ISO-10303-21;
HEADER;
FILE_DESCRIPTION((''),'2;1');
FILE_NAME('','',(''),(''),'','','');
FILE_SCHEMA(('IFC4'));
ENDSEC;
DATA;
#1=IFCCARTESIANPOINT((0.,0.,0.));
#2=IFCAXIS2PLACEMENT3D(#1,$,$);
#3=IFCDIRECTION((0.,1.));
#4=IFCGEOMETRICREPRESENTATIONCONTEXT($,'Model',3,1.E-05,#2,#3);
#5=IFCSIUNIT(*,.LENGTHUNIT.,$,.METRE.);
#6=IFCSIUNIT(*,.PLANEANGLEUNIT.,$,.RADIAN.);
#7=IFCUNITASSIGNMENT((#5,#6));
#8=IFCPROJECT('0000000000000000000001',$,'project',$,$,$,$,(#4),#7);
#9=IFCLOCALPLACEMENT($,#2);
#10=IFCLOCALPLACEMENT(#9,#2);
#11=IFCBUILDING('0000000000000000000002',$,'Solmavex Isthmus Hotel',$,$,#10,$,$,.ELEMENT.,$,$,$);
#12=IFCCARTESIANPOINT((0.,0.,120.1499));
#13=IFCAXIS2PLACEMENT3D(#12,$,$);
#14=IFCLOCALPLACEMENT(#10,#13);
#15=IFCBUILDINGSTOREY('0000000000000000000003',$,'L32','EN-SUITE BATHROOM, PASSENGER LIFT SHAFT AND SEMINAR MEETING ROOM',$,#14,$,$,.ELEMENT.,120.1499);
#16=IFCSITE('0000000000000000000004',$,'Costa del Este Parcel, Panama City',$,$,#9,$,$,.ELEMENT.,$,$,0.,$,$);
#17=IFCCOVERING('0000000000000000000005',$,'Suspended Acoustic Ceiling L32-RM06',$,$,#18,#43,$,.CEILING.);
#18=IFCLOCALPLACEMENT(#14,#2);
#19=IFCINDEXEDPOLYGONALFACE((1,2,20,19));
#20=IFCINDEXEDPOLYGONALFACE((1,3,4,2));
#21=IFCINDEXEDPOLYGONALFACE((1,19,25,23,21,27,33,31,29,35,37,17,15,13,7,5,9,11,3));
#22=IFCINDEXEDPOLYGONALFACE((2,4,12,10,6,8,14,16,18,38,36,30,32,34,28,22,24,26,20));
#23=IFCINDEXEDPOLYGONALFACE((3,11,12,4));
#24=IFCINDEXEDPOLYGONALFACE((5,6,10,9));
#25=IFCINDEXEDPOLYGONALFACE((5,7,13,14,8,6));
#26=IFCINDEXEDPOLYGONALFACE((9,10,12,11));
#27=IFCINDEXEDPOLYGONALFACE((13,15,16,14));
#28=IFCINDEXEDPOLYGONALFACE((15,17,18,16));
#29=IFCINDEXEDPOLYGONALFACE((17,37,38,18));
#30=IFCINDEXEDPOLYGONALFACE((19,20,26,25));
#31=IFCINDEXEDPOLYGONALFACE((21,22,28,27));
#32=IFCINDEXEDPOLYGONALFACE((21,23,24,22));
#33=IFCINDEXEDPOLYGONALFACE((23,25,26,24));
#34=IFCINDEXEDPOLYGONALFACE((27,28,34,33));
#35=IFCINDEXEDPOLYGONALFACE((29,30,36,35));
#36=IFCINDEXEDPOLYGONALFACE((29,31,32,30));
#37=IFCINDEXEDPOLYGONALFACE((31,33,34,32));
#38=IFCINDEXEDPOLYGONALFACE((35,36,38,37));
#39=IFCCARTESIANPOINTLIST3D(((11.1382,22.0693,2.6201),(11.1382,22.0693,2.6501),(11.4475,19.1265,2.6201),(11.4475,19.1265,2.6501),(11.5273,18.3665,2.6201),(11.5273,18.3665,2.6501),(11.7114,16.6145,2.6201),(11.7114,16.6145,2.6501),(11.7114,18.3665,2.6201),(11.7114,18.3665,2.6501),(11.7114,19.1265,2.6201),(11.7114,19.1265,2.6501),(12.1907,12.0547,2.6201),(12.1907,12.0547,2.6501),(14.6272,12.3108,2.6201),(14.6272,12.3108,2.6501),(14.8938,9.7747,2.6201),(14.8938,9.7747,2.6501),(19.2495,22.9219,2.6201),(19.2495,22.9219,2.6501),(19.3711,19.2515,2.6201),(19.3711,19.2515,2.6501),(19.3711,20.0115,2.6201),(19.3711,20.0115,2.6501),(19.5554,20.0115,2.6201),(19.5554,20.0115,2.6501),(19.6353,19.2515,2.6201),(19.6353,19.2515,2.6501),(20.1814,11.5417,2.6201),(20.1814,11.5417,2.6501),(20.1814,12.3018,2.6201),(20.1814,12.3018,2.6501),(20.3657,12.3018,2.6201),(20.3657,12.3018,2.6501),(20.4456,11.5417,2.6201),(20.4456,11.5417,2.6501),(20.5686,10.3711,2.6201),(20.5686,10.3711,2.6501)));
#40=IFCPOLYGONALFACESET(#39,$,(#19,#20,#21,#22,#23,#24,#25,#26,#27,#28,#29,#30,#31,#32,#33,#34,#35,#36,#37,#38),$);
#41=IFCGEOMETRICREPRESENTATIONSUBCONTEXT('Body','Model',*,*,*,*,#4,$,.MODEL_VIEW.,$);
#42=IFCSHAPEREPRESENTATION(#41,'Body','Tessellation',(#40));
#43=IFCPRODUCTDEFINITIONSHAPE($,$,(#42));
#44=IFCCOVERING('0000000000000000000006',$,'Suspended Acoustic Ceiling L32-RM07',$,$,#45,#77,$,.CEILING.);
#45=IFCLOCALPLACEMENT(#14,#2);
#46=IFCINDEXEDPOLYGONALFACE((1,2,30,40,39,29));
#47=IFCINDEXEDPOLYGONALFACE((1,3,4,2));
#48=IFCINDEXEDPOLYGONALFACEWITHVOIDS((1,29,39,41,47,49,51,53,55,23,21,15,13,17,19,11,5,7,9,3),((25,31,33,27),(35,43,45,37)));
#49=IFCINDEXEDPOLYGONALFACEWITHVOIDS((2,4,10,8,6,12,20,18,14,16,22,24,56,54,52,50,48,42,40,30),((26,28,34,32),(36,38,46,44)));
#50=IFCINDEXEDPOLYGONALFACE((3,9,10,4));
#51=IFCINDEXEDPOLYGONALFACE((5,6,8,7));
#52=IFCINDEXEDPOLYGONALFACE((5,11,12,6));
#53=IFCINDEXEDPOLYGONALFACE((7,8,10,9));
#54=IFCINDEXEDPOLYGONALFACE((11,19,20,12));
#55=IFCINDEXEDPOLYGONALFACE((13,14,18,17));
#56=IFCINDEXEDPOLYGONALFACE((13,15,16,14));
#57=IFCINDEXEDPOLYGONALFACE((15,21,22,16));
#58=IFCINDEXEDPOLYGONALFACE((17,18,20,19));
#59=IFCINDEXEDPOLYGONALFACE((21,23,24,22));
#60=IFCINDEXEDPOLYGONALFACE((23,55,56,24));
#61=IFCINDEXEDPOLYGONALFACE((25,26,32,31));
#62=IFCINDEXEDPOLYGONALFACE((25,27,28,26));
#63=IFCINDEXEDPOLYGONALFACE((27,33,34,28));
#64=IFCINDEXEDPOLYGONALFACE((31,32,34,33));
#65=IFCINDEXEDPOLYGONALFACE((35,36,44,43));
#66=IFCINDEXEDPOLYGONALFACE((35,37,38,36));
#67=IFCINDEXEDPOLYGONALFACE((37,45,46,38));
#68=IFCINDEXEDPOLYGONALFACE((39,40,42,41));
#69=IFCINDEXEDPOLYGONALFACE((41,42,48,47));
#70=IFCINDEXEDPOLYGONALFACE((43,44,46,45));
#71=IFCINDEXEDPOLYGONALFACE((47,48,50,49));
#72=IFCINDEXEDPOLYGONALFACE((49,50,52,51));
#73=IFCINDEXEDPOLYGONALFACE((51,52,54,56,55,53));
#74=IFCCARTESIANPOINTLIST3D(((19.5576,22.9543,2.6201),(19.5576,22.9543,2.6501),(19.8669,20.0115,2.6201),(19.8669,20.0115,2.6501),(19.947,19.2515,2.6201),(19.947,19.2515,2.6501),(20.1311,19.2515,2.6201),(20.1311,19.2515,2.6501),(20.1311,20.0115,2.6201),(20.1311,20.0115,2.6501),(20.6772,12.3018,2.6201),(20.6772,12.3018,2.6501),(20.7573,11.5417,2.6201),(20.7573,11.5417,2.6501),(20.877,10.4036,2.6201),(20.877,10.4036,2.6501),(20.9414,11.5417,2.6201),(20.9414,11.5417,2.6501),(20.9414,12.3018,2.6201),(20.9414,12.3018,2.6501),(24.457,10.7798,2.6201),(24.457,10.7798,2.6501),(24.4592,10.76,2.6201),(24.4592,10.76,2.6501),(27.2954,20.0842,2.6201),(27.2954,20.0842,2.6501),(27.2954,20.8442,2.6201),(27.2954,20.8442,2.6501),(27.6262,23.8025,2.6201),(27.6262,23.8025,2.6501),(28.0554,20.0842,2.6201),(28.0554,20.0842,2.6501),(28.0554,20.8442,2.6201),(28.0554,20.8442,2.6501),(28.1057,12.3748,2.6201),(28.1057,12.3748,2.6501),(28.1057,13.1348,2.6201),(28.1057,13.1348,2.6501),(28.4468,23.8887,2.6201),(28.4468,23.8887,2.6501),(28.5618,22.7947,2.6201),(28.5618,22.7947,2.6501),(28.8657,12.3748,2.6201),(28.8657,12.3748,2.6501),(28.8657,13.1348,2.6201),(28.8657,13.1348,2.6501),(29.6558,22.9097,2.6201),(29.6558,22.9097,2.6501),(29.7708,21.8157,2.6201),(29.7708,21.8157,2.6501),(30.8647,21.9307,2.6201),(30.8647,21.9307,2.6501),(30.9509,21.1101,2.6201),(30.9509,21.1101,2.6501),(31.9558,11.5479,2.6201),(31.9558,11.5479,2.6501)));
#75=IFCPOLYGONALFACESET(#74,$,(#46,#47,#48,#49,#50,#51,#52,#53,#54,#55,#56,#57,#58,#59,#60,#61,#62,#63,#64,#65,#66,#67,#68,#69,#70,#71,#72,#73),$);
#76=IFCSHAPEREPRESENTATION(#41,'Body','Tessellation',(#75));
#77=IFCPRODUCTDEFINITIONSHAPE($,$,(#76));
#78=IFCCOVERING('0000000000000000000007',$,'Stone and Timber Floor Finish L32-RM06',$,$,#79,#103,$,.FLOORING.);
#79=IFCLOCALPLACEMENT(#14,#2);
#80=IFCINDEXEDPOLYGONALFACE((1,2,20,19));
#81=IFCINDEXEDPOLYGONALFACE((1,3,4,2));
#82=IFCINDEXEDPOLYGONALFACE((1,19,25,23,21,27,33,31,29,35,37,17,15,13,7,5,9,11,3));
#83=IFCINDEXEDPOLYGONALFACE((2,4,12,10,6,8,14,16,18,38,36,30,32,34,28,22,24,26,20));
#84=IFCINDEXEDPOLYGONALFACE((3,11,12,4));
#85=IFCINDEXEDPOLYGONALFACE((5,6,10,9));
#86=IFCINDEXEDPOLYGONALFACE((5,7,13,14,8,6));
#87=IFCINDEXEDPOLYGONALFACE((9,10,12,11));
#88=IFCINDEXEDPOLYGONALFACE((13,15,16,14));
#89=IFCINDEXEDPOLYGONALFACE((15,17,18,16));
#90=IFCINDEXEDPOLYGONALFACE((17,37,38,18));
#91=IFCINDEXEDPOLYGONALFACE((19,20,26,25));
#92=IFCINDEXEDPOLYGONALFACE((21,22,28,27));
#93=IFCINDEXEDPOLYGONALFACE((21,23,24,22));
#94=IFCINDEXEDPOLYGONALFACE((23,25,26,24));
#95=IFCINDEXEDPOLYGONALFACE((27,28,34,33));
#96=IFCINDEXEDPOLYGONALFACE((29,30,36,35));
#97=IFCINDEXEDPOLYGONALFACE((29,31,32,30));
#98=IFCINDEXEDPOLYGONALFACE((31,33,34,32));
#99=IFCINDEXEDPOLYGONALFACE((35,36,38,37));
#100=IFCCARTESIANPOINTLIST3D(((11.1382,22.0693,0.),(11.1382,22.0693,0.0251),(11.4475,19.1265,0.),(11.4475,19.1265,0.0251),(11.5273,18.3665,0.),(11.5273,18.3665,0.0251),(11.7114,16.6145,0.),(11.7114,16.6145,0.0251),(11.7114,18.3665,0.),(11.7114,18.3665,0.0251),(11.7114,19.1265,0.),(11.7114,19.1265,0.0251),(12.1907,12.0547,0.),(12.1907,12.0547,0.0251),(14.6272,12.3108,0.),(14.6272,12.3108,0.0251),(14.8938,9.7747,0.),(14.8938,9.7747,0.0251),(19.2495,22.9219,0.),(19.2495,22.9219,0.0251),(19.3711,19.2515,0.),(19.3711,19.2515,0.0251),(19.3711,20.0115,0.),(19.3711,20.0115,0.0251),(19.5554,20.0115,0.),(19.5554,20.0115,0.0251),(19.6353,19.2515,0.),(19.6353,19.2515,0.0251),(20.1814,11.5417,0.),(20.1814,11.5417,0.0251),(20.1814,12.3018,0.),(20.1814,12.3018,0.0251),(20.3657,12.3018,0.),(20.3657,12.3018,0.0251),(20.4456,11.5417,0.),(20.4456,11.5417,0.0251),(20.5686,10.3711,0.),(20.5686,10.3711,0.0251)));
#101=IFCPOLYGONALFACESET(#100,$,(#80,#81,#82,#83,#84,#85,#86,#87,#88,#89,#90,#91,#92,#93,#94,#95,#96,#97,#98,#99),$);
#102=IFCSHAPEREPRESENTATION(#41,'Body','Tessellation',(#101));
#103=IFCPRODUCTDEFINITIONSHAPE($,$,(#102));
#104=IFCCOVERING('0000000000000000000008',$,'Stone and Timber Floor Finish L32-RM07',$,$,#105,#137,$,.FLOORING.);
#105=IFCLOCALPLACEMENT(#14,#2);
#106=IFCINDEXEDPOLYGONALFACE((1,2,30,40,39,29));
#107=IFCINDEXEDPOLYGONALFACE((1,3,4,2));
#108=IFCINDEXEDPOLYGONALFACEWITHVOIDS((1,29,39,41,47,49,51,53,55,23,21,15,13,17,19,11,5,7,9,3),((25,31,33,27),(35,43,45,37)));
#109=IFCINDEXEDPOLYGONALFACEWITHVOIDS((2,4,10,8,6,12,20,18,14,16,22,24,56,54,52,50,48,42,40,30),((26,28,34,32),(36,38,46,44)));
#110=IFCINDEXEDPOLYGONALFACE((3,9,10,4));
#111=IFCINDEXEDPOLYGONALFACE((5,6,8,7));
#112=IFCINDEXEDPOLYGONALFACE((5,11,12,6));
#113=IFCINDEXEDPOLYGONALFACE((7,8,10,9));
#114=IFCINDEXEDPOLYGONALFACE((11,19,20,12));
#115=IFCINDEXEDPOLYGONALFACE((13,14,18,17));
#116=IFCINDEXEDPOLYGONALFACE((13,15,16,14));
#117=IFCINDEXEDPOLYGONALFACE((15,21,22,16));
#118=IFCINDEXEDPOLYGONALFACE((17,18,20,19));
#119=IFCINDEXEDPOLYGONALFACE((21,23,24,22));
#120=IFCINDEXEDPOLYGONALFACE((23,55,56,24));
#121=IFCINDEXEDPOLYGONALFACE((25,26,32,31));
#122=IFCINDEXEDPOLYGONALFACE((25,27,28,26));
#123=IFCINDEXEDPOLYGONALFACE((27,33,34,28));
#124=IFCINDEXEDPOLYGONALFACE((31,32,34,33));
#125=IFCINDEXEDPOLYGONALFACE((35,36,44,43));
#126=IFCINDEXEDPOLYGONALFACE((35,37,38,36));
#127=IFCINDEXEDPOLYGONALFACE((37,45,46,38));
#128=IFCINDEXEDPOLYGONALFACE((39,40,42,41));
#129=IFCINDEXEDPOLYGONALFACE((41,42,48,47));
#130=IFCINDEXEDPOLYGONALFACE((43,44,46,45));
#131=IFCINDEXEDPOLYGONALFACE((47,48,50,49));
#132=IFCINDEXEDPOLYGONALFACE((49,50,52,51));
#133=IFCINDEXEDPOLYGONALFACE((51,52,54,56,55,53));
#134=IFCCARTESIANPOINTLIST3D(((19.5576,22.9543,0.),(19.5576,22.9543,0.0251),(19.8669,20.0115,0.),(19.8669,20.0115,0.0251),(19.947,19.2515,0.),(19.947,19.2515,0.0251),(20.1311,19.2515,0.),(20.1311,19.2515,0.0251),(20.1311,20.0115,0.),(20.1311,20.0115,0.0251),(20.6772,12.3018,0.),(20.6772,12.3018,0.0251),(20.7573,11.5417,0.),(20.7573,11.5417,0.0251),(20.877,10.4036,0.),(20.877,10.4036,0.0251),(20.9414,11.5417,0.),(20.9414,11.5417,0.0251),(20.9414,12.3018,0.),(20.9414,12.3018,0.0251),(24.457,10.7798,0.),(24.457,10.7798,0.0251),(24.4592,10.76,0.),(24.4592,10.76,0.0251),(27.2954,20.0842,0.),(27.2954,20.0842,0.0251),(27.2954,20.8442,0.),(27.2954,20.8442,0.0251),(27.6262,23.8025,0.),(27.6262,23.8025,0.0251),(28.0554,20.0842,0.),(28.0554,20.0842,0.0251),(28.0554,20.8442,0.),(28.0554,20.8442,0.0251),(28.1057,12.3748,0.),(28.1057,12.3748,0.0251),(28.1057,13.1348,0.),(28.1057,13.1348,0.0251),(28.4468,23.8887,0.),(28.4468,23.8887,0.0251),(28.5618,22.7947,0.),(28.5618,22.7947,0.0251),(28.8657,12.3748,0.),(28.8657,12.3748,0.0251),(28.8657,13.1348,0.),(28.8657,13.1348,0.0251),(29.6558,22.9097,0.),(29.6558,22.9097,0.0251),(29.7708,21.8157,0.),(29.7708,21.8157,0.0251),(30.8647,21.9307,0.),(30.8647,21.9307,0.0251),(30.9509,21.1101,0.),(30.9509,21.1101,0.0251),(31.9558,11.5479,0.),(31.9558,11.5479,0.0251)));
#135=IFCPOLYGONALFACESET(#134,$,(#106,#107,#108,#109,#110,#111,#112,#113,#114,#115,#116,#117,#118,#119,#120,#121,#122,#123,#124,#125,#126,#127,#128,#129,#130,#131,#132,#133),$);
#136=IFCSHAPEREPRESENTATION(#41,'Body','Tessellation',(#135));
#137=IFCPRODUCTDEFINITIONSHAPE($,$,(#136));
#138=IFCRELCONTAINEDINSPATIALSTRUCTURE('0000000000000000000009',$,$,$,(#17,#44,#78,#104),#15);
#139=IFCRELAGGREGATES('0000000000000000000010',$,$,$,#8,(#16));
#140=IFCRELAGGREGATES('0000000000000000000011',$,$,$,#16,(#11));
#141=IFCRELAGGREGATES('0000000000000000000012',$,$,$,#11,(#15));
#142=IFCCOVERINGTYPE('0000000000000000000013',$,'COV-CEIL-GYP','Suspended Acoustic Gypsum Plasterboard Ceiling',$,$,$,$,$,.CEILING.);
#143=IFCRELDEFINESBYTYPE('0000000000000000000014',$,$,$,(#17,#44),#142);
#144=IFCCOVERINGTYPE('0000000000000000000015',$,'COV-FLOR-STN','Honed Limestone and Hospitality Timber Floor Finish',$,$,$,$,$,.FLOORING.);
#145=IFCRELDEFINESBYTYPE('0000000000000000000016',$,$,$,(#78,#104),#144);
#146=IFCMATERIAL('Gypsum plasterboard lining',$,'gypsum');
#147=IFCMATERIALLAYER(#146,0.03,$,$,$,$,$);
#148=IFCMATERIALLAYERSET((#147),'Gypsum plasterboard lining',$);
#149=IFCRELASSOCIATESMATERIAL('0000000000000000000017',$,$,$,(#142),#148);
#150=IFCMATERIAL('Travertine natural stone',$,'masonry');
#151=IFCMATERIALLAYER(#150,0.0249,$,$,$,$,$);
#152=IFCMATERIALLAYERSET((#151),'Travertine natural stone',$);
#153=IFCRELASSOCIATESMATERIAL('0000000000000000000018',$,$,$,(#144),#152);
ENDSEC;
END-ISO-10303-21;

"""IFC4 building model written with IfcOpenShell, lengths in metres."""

from ifc_helpers import new_model, si_unit, direction, frame, origin, place, context, subcontext, project, spatial, polyline, outline, extrude, material, layer, layer_set, type_object, element, save


model = new_model("IFC4")

# Units and contexts
model_context = context("Model", 3, precision=1e-05, world=origin(), true_north=direction((0.0, 1.0)))
body_context = subcontext(model_context, "Body", "Model", "MODEL_VIEW")
ifc_project = project(units=[si_unit("LENGTHUNIT", "METRE"), si_unit("PLANEANGLEUNIT", "RADIAN")], contexts=[model_context])

# Site, building, storey
site_placement = place(None, origin())
site = spatial("IfcSite", under=ifc_project, at=site_placement, Name="Costa del Este Parcel, Panama City", CompositionType="ELEMENT", RefElevation=0.0)
building_placement = place(site_placement, origin())
building = spatial("IfcBuilding", under=site, at=building_placement, Name="Solmavex Isthmus Hotel", CompositionType="ELEMENT")
storey_placement = place(building_placement, frame((0.0, 0.0, 120.1499)))
storey = spatial("IfcBuildingStorey", under=building, at=storey_placement, Name="L32", Description="EN-SUITE BATHROOM, PASSENGER LIFT SHAFT AND SEMINAR MEETING ROOM", CompositionType="ELEMENT", Elevation=120.1499)

# Shared definitions
ifc_material_1 = material(Name="Gypsum plasterboard lining", Category="gypsum")

# Coverings
ifc_layer_1 = layer(ifc_material_1, 0.03)
ifc_layer_set_1 = layer_set([ifc_layer_1], Name="Gypsum plasterboard lining")
covering_type_1 = type_object("IfcCoveringType", Name="COV-CEIL-GYP", Description="Suspended Acoustic Gypsum Plasterboard Ceiling", PredefinedType="CEILING", material=ifc_layer_set_1)
covering_1_placement = place(storey_placement, frame((0.0, 0.0, 2.6201)))
element("IfcCovering", 1, at=covering_1_placement, inside=storey, type_object=covering_type_1, Name="Suspended Acoustic Ceiling L32-RM06", PredefinedType="CEILING", context=body_context, shape_type="SweptSolid", body=[
    extrude(outline(polyline([(11.4475, 19.1265), (11.7114, 19.1265), (11.7114, 18.3665), (11.5273, 18.3665), (11.7114, 16.6145), (12.1907, 12.0547), (14.6272, 12.3108), (14.8938, 9.7747), (20.5686, 10.3711), (20.4456, 11.5417), (20.1814, 11.5417), (20.1814, 12.3018), (20.3657, 12.3018), (19.6353, 19.2515), (19.3711, 19.2515), (19.3711, 20.0115), (19.5554, 20.0115), (19.2495, 22.9219), (11.1382, 22.0693), (11.4475, 19.1265)])), origin(), (0.0, 0.0, 1.0), 0.03),
])
covering_2_placement = place(storey_placement, frame((0.0, 0.0, 2.6201)))
element("IfcCovering", 2, at=covering_2_placement, inside=storey, type_object=covering_type_1, Name="Suspended Acoustic Ceiling L32-RM07", PredefinedType="CEILING", context=body_context, shape_type="SweptSolid", body=[
    extrude(outline(polyline([(20.6772, 12.3018), (20.9414, 12.3018), (20.9414, 11.5417), (20.7573, 11.5417), (20.877, 10.4036), (24.457, 10.7798), (24.4592, 10.76), (31.9558, 11.5479), (30.9509, 21.1101), (30.8647, 21.9307), (29.7708, 21.8157), (29.6558, 22.9097), (28.5618, 22.7947), (28.4468, 23.8887), (27.6262, 23.8025), (19.5576, 22.9543), (19.8669, 20.0115), (20.1311, 20.0115), (20.1311, 19.2515), (19.947, 19.2515), (20.6772, 12.3018)]), holes=[polyline([(28.1057, 12.3748), (28.1057, 13.1348), (28.8657, 13.1348), (28.8657, 12.3748), (28.1057, 12.3748)]), polyline([(27.2954, 20.8442), (28.0554, 20.8442), (28.0554, 20.0842), (27.2954, 20.0842), (27.2954, 20.8442)])]), origin(), (0.0, 0.0, 1.0), 0.03),
])
ifc_material_2 = material(Name="Travertine natural stone", Category="masonry")
ifc_layer_2 = layer(ifc_material_2, 0.0249)
ifc_layer_set_2 = layer_set([ifc_layer_2], Name="Travertine natural stone")
covering_type_2 = type_object("IfcCoveringType", Name="COV-FLOR-STN", Description="Honed Limestone and Hospitality Timber Floor Finish", PredefinedType="FLOORING", material=ifc_layer_set_2)
covering_3_placement = place(storey_placement, origin())
element("IfcCovering", 3, at=covering_3_placement, inside=storey, type_object=covering_type_2, Name="Stone and Timber Floor Finish L32-RM06", PredefinedType="FLOORING", context=body_context, shape_type="SweptSolid", body=[
    extrude(outline(polyline([(11.4475, 19.1265), (11.7114, 19.1265), (11.7114, 18.3665), (11.5273, 18.3665), (11.7114, 16.6145), (12.1907, 12.0547), (14.6272, 12.3108), (14.8938, 9.7747), (20.5686, 10.3711), (20.4456, 11.5417), (20.1814, 11.5417), (20.1814, 12.3018), (20.3657, 12.3018), (19.6353, 19.2515), (19.3711, 19.2515), (19.3711, 20.0115), (19.5554, 20.0115), (19.2495, 22.9219), (11.1382, 22.0693), (11.4475, 19.1265)])), origin(), (0.0, 0.0, 1.0), 0.0251),
])
covering_4_placement = place(storey_placement, origin())
element("IfcCovering", 4, at=covering_4_placement, inside=storey, type_object=covering_type_2, Name="Stone and Timber Floor Finish L32-RM07", PredefinedType="FLOORING", context=body_context, shape_type="SweptSolid", body=[
    extrude(outline(polyline([(20.6772, 12.3018), (20.9414, 12.3018), (20.9414, 11.5417), (20.7573, 11.5417), (20.877, 10.4036), (24.457, 10.7798), (24.4592, 10.76), (31.9558, 11.5479), (30.9509, 21.1101), (30.8647, 21.9307), (29.7708, 21.8157), (29.6558, 22.9097), (28.5618, 22.7947), (28.4468, 23.8887), (27.6262, 23.8025), (19.5576, 22.9543), (19.8669, 20.0115), (20.1311, 20.0115), (20.1311, 19.2515), (19.947, 19.2515), (20.6772, 12.3018)]), holes=[polyline([(28.1057, 12.3748), (28.1057, 13.1348), (28.8657, 13.1348), (28.8657, 12.3748), (28.1057, 12.3748)]), polyline([(27.2954, 20.8442), (28.0554, 20.8442), (28.0554, 20.0842), (27.2954, 20.0842), (27.2954, 20.8442)])]), origin(), (0.0, 0.0, 1.0), 0.0251),
])

save(model, "model.ifc")
